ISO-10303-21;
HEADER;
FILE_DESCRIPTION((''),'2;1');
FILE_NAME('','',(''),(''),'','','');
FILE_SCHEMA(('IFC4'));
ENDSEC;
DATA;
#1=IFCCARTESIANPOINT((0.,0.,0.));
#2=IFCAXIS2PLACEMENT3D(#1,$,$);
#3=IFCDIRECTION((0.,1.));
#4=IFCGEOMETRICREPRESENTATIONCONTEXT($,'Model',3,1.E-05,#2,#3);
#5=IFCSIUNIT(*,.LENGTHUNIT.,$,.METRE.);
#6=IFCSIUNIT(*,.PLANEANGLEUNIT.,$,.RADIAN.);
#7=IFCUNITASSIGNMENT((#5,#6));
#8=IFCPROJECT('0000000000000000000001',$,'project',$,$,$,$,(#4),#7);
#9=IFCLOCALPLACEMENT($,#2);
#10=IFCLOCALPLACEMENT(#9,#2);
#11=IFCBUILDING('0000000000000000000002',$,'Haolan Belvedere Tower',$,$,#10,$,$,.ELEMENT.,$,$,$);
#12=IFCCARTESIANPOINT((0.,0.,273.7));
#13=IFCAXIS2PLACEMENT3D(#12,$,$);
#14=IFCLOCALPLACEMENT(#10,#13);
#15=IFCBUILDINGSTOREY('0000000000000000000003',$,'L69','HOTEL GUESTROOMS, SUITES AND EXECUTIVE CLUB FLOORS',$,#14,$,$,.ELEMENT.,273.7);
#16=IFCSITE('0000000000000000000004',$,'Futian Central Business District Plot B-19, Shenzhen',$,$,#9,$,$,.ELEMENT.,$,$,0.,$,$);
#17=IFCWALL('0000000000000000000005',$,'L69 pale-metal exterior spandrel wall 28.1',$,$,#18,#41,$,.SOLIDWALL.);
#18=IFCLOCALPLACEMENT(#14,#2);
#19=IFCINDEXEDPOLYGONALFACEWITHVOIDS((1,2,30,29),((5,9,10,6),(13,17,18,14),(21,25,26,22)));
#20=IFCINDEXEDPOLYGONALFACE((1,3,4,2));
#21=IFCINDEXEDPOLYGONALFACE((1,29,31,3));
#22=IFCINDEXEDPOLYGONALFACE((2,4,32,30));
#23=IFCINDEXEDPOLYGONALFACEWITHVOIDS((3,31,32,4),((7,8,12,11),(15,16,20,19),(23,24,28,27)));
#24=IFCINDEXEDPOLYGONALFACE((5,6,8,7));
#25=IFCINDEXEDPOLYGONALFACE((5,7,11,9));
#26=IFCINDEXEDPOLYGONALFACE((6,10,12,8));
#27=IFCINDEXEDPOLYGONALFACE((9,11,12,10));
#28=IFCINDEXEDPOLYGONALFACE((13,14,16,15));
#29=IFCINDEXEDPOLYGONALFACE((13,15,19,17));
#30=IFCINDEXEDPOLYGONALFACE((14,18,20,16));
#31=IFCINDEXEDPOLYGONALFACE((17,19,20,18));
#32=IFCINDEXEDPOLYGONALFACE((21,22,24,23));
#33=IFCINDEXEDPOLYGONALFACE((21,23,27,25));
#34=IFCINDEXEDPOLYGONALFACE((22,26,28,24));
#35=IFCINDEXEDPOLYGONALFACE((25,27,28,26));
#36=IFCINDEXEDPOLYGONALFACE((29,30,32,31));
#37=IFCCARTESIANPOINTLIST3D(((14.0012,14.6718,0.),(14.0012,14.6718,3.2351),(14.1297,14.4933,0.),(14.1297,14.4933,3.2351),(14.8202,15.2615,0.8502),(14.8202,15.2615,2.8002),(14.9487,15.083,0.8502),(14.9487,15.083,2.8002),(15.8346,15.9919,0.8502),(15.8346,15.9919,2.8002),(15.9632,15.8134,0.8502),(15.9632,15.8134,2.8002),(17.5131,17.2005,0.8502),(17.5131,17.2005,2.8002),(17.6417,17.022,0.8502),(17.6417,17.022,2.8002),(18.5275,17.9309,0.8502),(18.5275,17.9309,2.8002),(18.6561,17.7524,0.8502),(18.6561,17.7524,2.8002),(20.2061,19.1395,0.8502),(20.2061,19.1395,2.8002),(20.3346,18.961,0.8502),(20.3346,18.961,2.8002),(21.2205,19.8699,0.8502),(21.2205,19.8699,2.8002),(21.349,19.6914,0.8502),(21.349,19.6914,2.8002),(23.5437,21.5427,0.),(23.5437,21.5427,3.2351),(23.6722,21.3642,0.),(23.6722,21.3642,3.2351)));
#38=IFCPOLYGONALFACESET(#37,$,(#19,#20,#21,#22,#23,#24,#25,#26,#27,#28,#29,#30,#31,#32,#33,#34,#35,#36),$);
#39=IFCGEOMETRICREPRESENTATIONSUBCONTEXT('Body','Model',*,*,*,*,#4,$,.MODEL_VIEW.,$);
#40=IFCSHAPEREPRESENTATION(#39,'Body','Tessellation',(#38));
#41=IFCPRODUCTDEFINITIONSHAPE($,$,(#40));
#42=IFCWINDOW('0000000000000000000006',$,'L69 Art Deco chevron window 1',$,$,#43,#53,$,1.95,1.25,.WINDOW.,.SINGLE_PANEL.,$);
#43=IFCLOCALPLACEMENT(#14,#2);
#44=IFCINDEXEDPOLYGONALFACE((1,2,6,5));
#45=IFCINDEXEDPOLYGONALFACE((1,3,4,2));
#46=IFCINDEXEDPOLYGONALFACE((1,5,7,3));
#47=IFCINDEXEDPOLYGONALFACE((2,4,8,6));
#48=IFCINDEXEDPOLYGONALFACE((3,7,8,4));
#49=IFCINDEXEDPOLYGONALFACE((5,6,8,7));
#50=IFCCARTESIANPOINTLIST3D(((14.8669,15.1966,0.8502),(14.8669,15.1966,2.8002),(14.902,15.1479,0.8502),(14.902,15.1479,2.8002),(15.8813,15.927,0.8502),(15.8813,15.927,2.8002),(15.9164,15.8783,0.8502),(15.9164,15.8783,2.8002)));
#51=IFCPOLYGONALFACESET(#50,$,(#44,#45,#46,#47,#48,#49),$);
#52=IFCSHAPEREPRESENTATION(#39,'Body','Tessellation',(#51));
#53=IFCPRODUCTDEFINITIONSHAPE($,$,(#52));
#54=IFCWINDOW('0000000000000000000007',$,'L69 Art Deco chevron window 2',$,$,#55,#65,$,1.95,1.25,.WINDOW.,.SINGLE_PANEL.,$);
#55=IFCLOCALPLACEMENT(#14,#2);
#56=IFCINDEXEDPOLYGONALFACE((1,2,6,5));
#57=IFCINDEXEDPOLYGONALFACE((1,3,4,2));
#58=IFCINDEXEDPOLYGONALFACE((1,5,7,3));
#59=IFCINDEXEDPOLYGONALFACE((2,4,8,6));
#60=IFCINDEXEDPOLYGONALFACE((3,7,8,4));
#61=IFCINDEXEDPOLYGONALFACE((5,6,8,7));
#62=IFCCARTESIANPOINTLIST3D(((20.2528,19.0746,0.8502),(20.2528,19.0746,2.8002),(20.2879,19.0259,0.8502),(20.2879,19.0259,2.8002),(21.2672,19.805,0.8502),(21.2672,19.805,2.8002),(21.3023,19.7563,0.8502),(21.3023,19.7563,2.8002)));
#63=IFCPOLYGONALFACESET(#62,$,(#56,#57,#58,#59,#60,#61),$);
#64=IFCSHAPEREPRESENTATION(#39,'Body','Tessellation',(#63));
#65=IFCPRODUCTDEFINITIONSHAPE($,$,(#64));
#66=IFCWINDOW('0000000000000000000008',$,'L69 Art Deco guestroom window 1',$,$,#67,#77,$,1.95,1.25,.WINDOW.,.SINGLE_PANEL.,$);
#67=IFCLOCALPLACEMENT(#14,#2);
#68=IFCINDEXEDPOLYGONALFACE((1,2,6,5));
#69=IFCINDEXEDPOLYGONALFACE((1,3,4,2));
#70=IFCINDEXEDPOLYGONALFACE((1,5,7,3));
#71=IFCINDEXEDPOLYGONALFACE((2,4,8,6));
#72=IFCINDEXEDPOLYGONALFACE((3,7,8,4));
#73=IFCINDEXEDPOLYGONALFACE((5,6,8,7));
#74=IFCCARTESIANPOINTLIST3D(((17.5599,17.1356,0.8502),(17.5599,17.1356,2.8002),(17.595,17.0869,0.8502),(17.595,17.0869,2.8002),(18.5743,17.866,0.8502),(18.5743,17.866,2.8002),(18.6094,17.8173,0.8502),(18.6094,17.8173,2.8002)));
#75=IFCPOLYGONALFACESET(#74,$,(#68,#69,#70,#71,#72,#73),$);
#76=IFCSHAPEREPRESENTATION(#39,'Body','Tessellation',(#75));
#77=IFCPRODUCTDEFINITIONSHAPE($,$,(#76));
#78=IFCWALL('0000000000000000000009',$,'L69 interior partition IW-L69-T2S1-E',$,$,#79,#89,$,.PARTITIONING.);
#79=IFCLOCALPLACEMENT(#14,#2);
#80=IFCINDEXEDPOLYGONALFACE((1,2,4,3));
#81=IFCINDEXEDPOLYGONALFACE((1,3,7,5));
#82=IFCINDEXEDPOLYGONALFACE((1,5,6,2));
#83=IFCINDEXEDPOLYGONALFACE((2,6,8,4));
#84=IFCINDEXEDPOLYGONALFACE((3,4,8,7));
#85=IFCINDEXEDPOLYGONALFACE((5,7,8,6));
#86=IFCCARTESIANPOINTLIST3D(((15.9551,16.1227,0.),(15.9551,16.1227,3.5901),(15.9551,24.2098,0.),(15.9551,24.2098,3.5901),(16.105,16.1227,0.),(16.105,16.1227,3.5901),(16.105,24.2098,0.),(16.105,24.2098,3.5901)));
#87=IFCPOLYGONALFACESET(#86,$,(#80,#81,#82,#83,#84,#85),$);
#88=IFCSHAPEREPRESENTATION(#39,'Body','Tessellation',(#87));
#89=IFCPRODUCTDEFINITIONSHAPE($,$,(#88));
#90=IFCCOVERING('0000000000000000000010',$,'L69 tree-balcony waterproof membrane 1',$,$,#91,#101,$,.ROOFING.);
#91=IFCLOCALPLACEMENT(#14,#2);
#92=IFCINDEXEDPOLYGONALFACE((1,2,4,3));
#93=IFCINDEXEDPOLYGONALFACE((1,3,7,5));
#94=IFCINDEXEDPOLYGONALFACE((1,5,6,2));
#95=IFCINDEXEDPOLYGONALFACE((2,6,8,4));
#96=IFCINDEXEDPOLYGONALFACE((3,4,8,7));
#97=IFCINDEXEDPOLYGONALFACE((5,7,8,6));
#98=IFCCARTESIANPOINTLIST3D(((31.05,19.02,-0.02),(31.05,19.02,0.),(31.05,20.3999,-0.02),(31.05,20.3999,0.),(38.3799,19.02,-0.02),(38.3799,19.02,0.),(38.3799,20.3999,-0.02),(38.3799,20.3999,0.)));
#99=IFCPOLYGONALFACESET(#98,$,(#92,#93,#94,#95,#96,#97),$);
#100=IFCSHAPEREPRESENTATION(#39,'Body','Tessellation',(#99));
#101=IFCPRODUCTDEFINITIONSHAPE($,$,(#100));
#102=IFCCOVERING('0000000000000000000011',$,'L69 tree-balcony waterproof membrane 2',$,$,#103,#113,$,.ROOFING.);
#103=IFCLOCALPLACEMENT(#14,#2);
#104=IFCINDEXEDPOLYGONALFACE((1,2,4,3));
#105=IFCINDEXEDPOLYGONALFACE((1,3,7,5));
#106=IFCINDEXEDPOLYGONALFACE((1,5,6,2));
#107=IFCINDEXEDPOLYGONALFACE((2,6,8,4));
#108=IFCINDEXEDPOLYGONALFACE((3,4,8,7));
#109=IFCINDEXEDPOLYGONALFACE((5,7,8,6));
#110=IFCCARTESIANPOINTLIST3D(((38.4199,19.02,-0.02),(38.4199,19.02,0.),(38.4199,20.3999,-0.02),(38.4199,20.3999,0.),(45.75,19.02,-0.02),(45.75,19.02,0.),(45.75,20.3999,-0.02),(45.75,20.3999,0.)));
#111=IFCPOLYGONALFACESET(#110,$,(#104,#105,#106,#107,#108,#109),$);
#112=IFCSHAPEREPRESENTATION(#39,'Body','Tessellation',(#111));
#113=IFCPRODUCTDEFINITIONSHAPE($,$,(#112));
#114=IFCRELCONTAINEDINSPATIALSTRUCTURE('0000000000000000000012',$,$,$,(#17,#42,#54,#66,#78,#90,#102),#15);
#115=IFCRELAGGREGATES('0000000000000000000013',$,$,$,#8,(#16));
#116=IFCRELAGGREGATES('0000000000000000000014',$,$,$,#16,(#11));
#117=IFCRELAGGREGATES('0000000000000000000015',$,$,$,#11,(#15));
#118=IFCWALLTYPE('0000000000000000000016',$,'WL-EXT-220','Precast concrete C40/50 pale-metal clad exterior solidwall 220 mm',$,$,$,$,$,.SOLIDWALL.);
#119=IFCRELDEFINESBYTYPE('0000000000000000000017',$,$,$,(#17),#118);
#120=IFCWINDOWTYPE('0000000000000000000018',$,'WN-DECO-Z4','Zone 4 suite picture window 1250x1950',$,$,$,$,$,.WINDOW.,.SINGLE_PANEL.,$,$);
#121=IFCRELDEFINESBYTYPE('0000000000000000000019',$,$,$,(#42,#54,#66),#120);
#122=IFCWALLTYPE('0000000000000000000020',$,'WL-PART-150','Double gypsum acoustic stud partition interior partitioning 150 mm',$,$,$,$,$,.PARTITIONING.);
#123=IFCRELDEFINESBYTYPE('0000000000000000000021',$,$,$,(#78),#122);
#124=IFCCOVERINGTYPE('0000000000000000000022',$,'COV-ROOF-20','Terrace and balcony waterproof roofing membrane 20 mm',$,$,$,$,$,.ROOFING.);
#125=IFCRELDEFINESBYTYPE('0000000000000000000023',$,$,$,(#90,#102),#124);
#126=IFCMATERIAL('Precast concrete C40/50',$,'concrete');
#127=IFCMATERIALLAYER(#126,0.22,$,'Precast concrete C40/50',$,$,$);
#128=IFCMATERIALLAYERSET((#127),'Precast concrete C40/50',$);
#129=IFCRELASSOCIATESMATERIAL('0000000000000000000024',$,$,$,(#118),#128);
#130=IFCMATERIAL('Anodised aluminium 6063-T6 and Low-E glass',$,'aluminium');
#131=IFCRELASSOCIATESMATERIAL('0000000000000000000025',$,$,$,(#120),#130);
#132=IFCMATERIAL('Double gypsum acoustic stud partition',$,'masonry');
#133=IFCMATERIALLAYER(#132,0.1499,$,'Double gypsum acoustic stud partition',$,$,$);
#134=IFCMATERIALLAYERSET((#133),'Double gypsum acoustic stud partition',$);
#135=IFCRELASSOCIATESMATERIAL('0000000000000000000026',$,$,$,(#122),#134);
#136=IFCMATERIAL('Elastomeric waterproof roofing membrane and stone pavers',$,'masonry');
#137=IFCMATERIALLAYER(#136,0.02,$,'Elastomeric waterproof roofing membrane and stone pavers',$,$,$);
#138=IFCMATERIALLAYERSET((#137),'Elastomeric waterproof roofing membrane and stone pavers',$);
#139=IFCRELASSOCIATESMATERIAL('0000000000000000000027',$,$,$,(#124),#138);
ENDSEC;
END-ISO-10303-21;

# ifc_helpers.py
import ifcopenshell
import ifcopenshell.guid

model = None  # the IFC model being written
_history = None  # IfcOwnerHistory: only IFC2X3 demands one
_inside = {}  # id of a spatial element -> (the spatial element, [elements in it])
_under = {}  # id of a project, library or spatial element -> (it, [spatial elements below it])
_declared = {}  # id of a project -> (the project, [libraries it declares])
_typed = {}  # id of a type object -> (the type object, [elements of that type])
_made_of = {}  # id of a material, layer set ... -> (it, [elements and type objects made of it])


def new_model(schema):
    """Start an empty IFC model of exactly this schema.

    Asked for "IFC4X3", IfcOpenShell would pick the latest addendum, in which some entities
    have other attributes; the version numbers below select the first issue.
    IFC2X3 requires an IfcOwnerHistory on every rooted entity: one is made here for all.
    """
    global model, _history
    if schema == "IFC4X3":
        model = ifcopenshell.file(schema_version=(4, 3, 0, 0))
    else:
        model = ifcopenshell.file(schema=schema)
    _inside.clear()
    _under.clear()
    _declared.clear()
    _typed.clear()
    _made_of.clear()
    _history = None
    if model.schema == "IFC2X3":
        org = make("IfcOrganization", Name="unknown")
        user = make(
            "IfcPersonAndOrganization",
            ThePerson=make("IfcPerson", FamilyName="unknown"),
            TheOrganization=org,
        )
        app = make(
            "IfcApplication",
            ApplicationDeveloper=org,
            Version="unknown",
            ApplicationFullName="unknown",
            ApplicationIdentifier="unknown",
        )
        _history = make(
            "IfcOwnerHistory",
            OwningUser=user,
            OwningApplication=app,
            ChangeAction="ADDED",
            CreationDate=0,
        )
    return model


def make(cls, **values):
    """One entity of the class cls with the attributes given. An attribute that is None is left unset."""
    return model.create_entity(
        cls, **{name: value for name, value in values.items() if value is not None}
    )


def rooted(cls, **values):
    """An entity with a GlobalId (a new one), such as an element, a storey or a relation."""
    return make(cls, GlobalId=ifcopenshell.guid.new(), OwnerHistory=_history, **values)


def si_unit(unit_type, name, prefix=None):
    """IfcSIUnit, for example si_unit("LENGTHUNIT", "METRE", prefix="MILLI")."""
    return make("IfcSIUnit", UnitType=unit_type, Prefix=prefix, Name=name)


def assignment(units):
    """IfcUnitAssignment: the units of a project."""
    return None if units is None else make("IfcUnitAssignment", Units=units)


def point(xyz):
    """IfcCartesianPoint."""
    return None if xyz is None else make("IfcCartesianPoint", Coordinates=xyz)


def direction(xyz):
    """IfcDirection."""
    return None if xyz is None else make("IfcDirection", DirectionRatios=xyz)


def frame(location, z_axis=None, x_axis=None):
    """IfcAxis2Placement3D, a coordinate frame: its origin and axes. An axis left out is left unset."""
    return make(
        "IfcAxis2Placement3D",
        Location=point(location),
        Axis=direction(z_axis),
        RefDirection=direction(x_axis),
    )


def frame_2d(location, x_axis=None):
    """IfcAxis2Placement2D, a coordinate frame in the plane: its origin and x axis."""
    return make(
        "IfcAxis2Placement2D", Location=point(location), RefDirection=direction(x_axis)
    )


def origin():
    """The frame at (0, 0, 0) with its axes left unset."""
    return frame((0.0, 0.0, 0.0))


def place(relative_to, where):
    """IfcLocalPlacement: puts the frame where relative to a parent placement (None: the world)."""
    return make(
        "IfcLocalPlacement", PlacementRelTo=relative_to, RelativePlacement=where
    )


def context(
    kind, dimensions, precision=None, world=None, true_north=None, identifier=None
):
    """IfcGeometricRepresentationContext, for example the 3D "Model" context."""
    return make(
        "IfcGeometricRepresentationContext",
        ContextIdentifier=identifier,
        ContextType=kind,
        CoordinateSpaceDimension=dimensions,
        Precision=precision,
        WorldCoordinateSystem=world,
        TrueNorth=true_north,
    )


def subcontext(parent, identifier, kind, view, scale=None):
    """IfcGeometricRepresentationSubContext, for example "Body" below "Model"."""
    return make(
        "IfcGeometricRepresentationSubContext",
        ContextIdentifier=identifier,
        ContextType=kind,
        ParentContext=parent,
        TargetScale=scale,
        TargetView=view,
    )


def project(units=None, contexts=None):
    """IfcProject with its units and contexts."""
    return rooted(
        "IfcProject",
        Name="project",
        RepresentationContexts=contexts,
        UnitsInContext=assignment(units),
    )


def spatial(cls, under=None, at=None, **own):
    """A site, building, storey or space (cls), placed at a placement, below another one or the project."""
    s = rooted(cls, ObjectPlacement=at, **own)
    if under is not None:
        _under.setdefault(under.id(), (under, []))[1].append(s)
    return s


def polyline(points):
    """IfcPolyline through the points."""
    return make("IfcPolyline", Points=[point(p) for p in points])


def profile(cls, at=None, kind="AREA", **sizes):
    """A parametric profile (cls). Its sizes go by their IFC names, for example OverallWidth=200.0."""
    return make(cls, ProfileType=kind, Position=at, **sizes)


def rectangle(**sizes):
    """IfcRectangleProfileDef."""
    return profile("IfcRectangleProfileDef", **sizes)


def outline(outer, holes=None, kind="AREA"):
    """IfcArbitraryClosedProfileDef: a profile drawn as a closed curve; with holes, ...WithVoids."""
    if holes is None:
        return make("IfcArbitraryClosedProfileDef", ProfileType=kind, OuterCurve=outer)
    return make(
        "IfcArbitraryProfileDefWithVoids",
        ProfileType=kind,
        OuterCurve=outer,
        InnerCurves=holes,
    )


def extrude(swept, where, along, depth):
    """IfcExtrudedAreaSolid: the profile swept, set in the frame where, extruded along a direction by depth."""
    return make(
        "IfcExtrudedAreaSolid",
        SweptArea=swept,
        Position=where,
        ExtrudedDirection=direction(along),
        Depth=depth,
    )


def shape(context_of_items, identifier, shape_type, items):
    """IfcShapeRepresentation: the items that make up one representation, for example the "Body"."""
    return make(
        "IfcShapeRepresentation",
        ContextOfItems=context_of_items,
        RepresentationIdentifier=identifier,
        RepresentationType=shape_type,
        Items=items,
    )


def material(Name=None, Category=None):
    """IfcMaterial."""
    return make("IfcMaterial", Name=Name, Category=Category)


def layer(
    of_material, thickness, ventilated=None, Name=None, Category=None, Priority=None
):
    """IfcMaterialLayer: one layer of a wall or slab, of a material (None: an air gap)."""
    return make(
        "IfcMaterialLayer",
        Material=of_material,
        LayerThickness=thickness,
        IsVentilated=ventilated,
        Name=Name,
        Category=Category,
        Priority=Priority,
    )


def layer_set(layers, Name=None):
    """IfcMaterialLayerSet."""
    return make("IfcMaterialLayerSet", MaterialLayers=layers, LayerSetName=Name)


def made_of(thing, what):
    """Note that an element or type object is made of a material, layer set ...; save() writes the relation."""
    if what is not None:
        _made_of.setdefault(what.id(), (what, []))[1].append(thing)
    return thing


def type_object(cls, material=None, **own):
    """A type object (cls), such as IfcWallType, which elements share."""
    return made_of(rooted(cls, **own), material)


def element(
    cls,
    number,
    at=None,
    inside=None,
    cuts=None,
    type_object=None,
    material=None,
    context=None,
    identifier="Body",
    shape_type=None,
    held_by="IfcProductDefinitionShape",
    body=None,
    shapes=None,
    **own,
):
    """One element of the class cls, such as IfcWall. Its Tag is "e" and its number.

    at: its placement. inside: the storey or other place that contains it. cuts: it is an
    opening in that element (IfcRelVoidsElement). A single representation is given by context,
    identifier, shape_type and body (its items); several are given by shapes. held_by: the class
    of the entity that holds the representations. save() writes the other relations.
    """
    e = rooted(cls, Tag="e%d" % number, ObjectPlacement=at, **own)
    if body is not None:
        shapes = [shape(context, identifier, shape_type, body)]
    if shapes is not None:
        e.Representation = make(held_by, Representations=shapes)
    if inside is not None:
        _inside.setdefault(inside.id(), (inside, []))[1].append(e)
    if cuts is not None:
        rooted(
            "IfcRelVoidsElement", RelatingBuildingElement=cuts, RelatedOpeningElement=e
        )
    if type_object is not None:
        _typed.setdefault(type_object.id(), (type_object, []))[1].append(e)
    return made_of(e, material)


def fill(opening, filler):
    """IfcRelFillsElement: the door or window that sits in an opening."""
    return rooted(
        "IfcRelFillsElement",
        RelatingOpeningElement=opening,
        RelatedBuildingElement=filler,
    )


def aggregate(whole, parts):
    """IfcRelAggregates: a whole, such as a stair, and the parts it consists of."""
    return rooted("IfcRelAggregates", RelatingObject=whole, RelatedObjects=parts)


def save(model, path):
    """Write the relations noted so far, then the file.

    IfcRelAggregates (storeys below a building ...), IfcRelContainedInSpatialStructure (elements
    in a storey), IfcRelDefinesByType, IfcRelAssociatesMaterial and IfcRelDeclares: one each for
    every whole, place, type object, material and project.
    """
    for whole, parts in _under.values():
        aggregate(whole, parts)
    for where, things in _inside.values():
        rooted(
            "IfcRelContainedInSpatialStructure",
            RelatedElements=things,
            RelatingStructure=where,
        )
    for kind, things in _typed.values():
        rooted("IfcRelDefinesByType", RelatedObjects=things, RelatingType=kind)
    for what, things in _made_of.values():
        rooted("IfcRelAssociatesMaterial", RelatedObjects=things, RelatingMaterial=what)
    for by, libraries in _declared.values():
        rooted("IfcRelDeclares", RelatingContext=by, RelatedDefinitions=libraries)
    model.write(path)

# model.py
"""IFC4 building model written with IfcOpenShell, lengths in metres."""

from ifc_helpers import new_model, si_unit, direction, frame, frame_2d, origin, place, context, subcontext, project, spatial, polyline, rectangle, outline, extrude, material, layer, layer_set, type_object, element, fill, save


model = new_model("IFC4")

# Units and contexts
model_context = context("Model", 3, precision=1e-05, world=origin(), true_north=direction((0.0, 1.0)))
body_context = subcontext(model_context, "Body", "Model", "MODEL_VIEW")
ifc_project = project(units=[si_unit("LENGTHUNIT", "METRE"), si_unit("PLANEANGLEUNIT", "RADIAN")], contexts=[model_context])

# Site, building, storey
site_placement = place(None, origin())
site = spatial("IfcSite", under=ifc_project, at=site_placement, Name="Futian Central Business District Plot B-19, Shenzhen", CompositionType="ELEMENT", RefElevation=0.0)
building_placement = place(site_placement, origin())
building = spatial("IfcBuilding", under=site, at=building_placement, Name="Haolan Belvedere Tower", CompositionType="ELEMENT")
storey_placement = place(building_placement, frame((0.0, 0.0, 273.7)))
storey = spatial("IfcBuildingStorey", under=building, at=storey_placement, Name="L69", Description="HOTEL GUESTROOMS, SUITES AND EXECUTIVE CLUB FLOORS", CompositionType="ELEMENT", Elevation=273.7)

# Shared definitions
ifc_material_1 = material(Name="Precast concrete C40/50", Category="concrete")
ifc_layer_1 = layer(ifc_material_1, 0.22, Name="Precast concrete C40/50")
ifc_layer_set_1 = layer_set([ifc_layer_1], Name="Precast concrete C40/50")
wall_type_1 = type_object("IfcWallType", Name="WL-EXT-220", Description="Precast concrete C40/50 pale-metal clad exterior solidwall 220 mm", PredefinedType="SOLIDWALL", material=ifc_layer_set_1)

# Wall, openings, windows
wall_1_placement = place(storey_placement, frame((14.0654, 14.5825, 0.0), z_axis=(0.0, 0.0, 1.0), x_axis=(0.811524, 0.584319, 0.0)))
wall_1 = element("IfcWall", 1, at=wall_1_placement, inside=storey, type_object=wall_type_1, Name="L69 pale-metal exterior spandrel wall 28.1", PredefinedType="SOLIDWALL", context=body_context, shape_type="SweptSolid", body=[
    extrude(rectangle(XDim=11.7588, YDim=0.22, at=frame_2d((5.8794, 0.0))), origin(), (0.0, 0.0, 1.0), 3.2351),
])
opening_1_placement = place(wall_1_placement, frame((1.0093, 0.0, 0.8501)))
opening_1 = element("IfcOpeningElement", 2, at=opening_1_placement, cuts=wall_1, PredefinedType="OPENING", context=body_context, shape_type="SweptSolid", body=[
    extrude(rectangle(XDim=1.25, YDim=1.95, at=frame_2d((0.625, 0.9751))), frame((0.0, 0.1199, 0.0), z_axis=(0.0, -1.0, 0.0), x_axis=(1.0, 0.0, 0.0)), (0.0, 0.0, 1.0), 0.24),
])
opening_2_placement = place(wall_1_placement, frame((7.646, 0.0, 0.8501)))
opening_2 = element("IfcOpeningElement", 3, at=opening_2_placement, cuts=wall_1, PredefinedType="OPENING", context=body_context, shape_type="SweptSolid", body=[
    extrude(rectangle(XDim=1.25, YDim=1.95, at=frame_2d((0.625, 0.9751))), frame((0.0, 0.1199, 0.0), z_axis=(0.0, -1.0, 0.0), x_axis=(1.0, 0.0, 0.0)), (0.0, 0.0, 1.0), 0.24),
])
opening_3_placement = place(wall_1_placement, frame((4.3276, 0.0, 0.8501)))
opening_3 = element("IfcOpeningElement", 4, at=opening_3_placement, cuts=wall_1, PredefinedType="OPENING", context=body_context, shape_type="SweptSolid", body=[
    extrude(rectangle(XDim=1.25, YDim=1.95, at=frame_2d((0.625, 0.9751))), frame((0.0, 0.1199, 0.0), z_axis=(0.0, -1.0, 0.0), x_axis=(1.0, 0.0, 0.0)), (0.0, 0.0, 1.0), 0.24),
])
ifc_material_2 = material(Name="Anodised aluminium 6063-T6 and Low-E glass", Category="aluminium")
window_type = type_object("IfcWindowType", Name="WN-DECO-Z4", Description="Zone 4 suite picture window 1250x1950", PartitioningType="SINGLE_PANEL", PredefinedType="WINDOW", material=ifc_material_2)
window_1_placement = place(opening_1_placement, origin())
window_1 = element("IfcWindow", 5, at=window_1_placement, inside=storey, type_object=window_type, Name="L69 Art Deco chevron window 1", OverallHeight=1.95, OverallWidth=1.25, PartitioningType="SINGLE_PANEL", PredefinedType="WINDOW", context=body_context, shape_type="SweptSolid", body=[
    extrude(rectangle(XDim=1.25, YDim=1.95, at=frame_2d((0.625, 0.9751))), frame((0.0, 0.03, 0.0), z_axis=(0.0, -1.0, 0.0), x_axis=(1.0, 0.0, 0.0)), (0.0, 0.0, 1.0), 0.0601),
])
fill(opening_1, window_1)
window_2_placement = place(opening_2_placement, origin())
window_2 = element("IfcWindow", 6, at=window_2_placement, inside=storey, type_object=window_type, Name="L69 Art Deco chevron window 2", OverallHeight=1.95, OverallWidth=1.25, PartitioningType="SINGLE_PANEL", PredefinedType="WINDOW", context=body_context, shape_type="SweptSolid", body=[
    extrude(rectangle(XDim=1.25, YDim=1.95, at=frame_2d((0.625, 0.9751))), frame((0.0, 0.03, 0.0), z_axis=(0.0, -1.0, 0.0), x_axis=(1.0, 0.0, 0.0)), (0.0, 0.0, 1.0), 0.0601),
])
fill(opening_2, window_2)
window_3_placement = place(opening_3_placement, origin())
window_3 = element("IfcWindow", 7, at=window_3_placement, inside=storey, type_object=window_type, Name="L69 Art Deco guestroom window 1", OverallHeight=1.95, OverallWidth=1.25, PartitioningType="SINGLE_PANEL", PredefinedType="WINDOW", context=body_context, shape_type="SweptSolid", body=[
    extrude(rectangle(XDim=1.25, YDim=1.95, at=frame_2d((0.625, 0.9751))), frame((0.0, 0.03, 0.0), z_axis=(0.0, -1.0, 0.0), x_axis=(1.0, 0.0, 0.0)), (0.0, 0.0, 1.0), 0.0601),
])
fill(opening_3, window_3)

# Wall
ifc_material_3 = material(Name="Double gypsum acoustic stud partition", Category="masonry")
ifc_layer_2 = layer(ifc_material_3, 0.1499, Name="Double gypsum acoustic stud partition")
ifc_layer_set_2 = layer_set([ifc_layer_2], Name="Double gypsum acoustic stud partition")
wall_type_2 = type_object("IfcWallType", Name="WL-PART-150", Description="Double gypsum acoustic stud partition interior partitioning 150 mm", PredefinedType="PARTITIONING", material=ifc_layer_set_2)
wall_2_placement = place(storey_placement, frame((16.03, 16.1228, 0.0), z_axis=(0.0, 0.0, 1.0), x_axis=(0.0, 1.0, 0.0)))
element("IfcWall", 8, at=wall_2_placement, inside=storey, type_object=wall_type_2, Name="L69 interior partition IW-L69-T2S1-E", PredefinedType="PARTITIONING", context=body_context, shape_type="SweptSolid", body=[
    extrude(rectangle(XDim=8.0872, YDim=0.1499, at=frame_2d((4.0435, 0.0))), origin(), (0.0, 0.0, 1.0), 3.5901),
])

# Coverings
ifc_material_4 = material(Name="Elastomeric waterproof roofing membrane and stone pavers", Category="masonry")
ifc_layer_3 = layer(ifc_material_4, 0.02, Name="Elastomeric waterproof roofing membrane and stone pavers")
ifc_layer_set_3 = layer_set([ifc_layer_3], Name="Elastomeric waterproof roofing membrane and stone pavers")
covering_type = type_object("IfcCoveringType", Name="COV-ROOF-20", Description="Terrace and balcony waterproof roofing membrane 20 mm", PredefinedType="ROOFING", material=ifc_layer_set_3)
covering_1_placement = place(storey_placement, frame((0.0, 0.0, -0.02)))
element("IfcCovering", 9, at=covering_1_placement, inside=storey, type_object=covering_type, Name="L69 tree-balcony waterproof membrane 1", PredefinedType="ROOFING", context=body_context, shape_type="SweptSolid", body=[
    extrude(outline(polyline([(31.05, 19.02), (38.3799, 19.02), (38.3799, 20.3999), (31.05, 20.3999), (31.05, 19.02)])), origin(), (0.0, 0.0, 1.0), 0.02),
])
covering_2_placement = place(storey_placement, frame((0.0, 0.0, -0.02)))
element("IfcCovering", 10, at=covering_2_placement, inside=storey, type_object=covering_type, Name="L69 tree-balcony waterproof membrane 2", PredefinedType="ROOFING", context=body_context, shape_type="SweptSolid", body=[
    extrude(outline(polyline([(38.4199, 19.02), (45.75, 19.02), (45.75, 20.3999), (38.4199, 20.3999), (38.4199, 19.02)])), origin(), (0.0, 0.0, 1.0), 0.02),
])

save(model, "model.ifc")
